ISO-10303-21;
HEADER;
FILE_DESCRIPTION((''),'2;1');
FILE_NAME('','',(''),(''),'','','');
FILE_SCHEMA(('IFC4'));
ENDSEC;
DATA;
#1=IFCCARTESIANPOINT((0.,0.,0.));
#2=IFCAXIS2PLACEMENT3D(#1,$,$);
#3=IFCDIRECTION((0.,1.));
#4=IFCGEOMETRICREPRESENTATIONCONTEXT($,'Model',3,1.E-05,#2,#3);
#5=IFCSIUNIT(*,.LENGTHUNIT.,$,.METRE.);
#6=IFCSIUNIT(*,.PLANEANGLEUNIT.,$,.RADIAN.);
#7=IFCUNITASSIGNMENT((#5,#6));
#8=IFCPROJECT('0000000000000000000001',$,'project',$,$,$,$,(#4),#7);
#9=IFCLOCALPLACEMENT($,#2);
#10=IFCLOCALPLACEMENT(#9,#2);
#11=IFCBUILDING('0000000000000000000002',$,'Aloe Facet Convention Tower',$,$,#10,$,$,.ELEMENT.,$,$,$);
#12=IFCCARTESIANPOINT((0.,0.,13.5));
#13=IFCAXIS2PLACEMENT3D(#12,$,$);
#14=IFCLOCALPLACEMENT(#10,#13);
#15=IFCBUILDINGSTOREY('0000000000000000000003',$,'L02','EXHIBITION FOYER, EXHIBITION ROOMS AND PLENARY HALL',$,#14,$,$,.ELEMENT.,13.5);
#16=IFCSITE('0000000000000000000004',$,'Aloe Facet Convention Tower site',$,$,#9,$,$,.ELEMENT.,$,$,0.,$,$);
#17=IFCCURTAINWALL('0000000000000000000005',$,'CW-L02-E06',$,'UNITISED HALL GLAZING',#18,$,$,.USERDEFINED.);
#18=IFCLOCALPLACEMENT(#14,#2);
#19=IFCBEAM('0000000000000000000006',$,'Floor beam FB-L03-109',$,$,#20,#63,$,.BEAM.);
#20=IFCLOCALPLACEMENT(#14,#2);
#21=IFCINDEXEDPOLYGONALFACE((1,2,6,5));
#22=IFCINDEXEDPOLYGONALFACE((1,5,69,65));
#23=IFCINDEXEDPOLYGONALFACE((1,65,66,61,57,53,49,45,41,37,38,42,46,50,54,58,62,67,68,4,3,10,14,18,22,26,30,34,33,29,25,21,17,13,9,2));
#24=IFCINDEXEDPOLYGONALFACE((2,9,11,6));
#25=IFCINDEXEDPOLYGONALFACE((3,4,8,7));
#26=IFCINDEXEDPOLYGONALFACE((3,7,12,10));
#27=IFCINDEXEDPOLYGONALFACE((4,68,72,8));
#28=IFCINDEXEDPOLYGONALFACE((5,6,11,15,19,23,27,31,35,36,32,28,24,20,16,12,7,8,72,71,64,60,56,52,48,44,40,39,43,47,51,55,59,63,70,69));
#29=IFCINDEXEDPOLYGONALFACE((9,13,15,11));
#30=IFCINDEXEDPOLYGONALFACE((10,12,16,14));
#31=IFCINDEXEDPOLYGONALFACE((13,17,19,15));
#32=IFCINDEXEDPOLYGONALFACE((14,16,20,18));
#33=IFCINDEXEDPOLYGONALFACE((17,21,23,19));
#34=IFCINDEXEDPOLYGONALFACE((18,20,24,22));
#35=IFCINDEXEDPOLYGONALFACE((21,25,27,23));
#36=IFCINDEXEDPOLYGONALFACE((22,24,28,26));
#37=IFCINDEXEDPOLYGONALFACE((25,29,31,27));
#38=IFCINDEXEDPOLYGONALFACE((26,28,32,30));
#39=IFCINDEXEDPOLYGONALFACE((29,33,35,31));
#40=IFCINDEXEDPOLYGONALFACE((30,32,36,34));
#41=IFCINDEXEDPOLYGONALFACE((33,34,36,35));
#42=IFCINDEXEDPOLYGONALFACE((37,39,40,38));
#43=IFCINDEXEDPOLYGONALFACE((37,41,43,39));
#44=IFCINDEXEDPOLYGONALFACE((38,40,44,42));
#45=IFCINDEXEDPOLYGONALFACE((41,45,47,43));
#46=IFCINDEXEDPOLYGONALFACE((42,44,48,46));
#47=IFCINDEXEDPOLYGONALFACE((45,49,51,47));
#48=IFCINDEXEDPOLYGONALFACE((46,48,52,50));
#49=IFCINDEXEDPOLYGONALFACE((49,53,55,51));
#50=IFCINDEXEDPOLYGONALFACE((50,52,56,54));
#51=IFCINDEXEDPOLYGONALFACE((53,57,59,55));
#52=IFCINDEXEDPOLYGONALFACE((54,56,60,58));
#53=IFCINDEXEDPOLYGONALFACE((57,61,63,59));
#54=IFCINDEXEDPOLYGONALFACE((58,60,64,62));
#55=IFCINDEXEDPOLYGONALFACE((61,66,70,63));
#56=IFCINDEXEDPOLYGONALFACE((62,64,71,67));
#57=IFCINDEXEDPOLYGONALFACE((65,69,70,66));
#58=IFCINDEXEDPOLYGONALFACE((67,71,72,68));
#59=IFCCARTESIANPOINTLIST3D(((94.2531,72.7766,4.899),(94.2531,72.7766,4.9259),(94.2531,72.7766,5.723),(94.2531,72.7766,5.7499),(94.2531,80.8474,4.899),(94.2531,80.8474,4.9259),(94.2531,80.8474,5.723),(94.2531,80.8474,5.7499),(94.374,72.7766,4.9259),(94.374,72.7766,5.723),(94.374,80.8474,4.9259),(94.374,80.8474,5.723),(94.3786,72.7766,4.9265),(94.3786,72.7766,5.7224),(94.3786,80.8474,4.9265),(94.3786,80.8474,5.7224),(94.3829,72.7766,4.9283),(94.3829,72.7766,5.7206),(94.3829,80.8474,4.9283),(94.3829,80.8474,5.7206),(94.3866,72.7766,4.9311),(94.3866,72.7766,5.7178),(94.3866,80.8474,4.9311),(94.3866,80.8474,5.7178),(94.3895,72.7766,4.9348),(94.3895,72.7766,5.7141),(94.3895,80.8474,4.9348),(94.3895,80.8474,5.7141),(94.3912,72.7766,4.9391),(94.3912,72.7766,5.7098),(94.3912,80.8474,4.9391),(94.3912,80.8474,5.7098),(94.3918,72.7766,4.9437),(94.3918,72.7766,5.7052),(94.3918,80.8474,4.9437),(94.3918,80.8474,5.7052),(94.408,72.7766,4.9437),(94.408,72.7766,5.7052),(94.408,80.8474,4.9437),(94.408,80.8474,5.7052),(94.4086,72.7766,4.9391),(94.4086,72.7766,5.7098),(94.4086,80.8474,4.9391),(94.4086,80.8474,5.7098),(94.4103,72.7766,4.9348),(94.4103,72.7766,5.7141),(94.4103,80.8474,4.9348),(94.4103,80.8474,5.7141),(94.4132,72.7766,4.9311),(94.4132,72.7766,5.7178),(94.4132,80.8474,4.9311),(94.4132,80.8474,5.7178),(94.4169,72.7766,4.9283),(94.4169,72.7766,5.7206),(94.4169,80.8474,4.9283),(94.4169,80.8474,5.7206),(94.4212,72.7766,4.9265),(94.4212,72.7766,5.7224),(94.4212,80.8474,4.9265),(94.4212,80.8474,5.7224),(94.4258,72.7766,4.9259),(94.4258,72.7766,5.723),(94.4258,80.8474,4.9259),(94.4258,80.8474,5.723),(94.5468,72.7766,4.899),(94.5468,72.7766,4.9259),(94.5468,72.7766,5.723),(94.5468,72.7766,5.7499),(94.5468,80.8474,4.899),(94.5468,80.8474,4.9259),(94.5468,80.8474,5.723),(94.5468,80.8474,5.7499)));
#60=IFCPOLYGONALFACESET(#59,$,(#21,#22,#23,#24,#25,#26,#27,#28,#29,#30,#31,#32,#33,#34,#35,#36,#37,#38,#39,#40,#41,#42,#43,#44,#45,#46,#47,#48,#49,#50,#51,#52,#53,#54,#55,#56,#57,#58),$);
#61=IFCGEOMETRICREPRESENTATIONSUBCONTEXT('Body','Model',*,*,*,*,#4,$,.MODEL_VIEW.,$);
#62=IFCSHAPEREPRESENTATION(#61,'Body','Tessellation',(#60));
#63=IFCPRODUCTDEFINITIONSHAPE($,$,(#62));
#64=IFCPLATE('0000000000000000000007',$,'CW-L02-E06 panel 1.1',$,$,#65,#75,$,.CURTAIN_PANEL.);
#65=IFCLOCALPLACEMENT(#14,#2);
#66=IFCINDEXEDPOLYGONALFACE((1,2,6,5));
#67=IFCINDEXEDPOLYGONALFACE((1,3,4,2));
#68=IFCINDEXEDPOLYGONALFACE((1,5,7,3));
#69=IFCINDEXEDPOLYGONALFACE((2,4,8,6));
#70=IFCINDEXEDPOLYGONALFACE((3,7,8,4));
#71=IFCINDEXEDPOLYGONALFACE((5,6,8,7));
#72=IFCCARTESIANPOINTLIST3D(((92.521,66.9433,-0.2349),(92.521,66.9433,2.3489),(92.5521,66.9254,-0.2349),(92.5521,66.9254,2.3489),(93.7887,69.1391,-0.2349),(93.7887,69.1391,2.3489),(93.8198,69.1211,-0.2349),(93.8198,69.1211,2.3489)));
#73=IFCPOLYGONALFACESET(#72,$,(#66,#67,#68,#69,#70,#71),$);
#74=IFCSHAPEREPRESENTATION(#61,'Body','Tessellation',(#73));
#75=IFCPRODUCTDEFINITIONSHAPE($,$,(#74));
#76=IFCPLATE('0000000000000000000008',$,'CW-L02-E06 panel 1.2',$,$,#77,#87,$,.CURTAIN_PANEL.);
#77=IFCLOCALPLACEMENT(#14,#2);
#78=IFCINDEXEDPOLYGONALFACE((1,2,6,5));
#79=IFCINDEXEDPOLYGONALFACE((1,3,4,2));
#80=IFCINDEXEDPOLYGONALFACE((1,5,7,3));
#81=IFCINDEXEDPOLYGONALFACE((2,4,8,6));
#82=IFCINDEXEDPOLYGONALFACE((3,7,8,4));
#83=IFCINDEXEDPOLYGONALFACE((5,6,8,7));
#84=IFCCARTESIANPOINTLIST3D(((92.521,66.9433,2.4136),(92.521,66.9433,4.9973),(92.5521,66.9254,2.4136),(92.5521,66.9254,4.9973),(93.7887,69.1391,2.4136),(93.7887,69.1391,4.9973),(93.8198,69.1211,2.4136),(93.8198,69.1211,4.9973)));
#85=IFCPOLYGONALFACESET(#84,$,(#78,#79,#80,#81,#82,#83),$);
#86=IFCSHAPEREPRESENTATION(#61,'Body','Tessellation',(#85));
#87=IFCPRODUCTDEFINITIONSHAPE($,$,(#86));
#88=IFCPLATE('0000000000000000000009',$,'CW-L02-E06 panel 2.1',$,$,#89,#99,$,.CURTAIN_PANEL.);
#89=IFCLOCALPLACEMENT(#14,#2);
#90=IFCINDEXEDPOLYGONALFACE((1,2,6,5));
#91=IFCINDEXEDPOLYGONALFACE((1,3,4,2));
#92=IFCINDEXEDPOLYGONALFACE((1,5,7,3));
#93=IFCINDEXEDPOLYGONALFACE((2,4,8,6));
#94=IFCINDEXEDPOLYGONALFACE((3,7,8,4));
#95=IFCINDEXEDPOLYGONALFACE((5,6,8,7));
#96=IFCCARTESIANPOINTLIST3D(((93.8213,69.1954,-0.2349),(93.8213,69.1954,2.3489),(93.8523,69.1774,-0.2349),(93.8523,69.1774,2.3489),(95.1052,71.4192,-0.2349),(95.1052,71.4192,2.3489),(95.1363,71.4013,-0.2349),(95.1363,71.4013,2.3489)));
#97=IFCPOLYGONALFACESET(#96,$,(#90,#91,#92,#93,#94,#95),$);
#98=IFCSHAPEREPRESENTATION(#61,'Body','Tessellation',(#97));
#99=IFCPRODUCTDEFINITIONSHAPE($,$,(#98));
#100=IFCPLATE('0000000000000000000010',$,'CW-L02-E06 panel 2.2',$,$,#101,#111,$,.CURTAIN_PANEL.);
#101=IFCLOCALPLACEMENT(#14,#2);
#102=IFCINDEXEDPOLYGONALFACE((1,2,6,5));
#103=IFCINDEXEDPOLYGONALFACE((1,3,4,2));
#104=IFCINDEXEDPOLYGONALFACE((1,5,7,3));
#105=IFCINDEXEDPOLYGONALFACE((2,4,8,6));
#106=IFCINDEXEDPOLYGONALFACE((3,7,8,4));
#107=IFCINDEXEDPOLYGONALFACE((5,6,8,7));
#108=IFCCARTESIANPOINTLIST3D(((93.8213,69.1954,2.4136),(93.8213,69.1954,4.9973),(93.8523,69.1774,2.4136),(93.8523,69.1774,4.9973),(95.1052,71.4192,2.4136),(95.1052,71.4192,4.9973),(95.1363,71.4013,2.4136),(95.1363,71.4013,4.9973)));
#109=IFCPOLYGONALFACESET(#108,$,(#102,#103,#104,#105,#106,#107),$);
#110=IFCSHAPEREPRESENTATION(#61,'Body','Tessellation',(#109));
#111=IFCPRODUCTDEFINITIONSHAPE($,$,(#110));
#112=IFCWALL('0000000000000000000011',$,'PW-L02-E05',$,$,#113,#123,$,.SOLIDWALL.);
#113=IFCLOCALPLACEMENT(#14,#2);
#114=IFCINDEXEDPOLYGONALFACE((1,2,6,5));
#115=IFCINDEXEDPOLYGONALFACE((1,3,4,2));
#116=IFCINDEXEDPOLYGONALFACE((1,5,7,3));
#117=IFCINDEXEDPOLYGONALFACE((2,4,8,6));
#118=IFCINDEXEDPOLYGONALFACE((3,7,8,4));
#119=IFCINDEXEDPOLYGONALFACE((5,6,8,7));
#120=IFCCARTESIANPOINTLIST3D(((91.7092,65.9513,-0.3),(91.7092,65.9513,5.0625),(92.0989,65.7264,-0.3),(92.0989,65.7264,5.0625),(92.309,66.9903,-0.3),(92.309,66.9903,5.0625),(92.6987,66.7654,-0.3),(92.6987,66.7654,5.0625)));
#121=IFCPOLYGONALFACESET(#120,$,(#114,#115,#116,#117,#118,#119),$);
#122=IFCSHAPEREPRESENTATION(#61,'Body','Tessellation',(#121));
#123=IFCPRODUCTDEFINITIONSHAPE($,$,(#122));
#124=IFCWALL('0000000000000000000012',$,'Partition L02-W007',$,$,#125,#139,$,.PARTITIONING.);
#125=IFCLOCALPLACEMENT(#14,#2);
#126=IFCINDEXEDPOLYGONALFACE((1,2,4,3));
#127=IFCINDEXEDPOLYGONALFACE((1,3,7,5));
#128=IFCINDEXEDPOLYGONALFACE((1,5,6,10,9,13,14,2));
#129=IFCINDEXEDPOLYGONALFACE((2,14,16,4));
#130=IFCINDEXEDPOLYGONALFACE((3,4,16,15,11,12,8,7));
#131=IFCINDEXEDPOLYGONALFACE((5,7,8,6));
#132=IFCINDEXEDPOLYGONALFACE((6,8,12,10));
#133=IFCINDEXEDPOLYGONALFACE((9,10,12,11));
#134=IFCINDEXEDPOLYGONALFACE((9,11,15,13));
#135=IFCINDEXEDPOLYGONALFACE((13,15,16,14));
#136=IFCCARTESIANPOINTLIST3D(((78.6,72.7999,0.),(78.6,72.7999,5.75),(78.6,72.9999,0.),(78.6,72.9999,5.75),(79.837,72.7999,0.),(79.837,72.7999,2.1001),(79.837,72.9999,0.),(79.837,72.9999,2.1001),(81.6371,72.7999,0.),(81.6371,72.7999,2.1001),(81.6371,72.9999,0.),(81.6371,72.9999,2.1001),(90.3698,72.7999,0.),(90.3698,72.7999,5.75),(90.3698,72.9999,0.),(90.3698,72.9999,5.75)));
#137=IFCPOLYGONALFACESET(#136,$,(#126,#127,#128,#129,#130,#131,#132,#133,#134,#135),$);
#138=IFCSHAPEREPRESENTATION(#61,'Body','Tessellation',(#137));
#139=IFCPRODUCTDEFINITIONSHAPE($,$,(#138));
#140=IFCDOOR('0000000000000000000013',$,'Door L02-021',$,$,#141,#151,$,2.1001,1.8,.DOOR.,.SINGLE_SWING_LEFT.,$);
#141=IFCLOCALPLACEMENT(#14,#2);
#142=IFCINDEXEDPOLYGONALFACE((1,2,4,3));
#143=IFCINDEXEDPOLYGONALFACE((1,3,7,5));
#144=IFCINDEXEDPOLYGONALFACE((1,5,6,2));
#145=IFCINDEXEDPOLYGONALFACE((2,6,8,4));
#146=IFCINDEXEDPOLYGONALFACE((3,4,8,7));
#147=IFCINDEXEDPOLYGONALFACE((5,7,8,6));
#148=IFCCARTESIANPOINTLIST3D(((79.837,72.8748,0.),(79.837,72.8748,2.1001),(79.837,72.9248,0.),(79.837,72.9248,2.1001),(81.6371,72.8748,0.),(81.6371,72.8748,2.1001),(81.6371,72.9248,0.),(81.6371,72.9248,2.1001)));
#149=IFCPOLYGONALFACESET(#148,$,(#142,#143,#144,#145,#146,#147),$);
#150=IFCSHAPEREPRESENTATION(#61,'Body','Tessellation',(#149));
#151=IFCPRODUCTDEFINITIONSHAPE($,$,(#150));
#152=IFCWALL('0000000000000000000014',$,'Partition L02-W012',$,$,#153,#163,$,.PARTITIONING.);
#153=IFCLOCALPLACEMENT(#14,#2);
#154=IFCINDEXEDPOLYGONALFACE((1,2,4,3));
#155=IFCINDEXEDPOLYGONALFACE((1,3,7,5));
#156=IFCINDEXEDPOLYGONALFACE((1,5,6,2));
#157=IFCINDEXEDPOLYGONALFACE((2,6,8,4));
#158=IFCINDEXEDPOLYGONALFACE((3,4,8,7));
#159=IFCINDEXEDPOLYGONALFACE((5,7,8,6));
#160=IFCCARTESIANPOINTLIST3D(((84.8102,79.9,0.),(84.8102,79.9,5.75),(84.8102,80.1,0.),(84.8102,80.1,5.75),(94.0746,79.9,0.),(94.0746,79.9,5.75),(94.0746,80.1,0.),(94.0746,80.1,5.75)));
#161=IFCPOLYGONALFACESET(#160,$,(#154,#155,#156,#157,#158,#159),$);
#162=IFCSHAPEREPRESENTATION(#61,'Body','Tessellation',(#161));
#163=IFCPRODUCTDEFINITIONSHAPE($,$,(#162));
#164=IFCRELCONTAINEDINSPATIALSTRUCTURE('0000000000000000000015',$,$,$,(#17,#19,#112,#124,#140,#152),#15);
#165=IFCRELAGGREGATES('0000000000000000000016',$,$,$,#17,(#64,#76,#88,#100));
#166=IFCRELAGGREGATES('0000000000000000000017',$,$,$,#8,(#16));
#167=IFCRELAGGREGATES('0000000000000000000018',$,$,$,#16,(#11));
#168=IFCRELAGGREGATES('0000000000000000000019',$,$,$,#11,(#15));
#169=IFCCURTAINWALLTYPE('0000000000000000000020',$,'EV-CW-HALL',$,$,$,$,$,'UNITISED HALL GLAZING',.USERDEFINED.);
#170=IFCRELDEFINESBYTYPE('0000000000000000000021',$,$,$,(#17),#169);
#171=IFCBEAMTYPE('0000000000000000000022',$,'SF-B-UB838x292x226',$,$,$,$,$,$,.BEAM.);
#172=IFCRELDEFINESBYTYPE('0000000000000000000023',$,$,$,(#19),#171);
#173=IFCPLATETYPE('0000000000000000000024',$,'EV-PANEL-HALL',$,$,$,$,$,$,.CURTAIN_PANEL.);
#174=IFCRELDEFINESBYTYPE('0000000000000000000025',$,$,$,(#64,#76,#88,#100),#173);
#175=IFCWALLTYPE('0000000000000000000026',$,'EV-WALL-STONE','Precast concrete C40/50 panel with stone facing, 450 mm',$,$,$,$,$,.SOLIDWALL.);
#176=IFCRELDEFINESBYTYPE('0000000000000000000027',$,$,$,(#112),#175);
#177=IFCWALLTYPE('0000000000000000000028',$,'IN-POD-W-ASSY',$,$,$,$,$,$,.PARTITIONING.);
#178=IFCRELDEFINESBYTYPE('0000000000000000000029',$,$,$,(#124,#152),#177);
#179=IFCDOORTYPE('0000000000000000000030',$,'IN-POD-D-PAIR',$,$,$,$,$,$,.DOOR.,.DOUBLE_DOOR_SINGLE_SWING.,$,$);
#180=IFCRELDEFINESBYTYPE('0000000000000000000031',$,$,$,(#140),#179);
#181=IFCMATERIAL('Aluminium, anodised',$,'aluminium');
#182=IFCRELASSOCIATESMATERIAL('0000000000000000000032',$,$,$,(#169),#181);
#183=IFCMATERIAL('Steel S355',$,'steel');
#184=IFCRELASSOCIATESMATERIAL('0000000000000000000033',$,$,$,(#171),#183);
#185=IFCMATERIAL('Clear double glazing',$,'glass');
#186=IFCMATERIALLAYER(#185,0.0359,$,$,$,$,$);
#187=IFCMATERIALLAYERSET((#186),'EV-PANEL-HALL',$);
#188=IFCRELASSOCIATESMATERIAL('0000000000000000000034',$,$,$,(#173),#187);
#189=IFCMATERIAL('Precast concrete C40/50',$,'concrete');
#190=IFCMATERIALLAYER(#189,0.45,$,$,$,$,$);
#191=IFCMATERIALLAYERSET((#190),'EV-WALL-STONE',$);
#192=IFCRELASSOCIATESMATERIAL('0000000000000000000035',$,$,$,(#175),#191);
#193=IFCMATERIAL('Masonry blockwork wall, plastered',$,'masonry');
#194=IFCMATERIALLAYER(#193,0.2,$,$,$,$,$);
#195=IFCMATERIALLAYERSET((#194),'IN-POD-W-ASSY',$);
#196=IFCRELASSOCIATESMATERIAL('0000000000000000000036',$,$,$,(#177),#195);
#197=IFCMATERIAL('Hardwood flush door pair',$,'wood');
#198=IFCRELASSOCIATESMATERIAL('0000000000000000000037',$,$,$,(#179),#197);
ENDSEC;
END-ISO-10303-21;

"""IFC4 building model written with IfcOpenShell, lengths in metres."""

from ifc_helpers import new_model, si_unit, direction, frame, frame_2d, origin, origin_2d, place, context, subcontext, project, spatial, rectangle, i_section, extrude, material, layer, layer_set, material_profile, profile_set, type_object, element, fill, aggregate, save


model = new_model("IFC4")

# Units and contexts
model_context = context("Model", 3, precision=1e-05, world=origin(), true_north=direction((0.0, 1.0)))
body_context = subcontext(model_context, "Body", "Model", "MODEL_VIEW")
ifc_project = project(units=[si_unit("LENGTHUNIT", "METRE"), si_unit("PLANEANGLEUNIT", "RADIAN")], contexts=[model_context])

# Site, building, storey
site_placement = place(None, origin())
site = spatial("IfcSite", under=ifc_project, at=site_placement, Name="Aloe Facet Convention Tower site", CompositionType="ELEMENT", RefElevation=0.0)
building_placement = place(site_placement, origin())
building = spatial("IfcBuilding", under=site, at=building_placement, Name="Aloe Facet Convention Tower", CompositionType="ELEMENT")
storey_placement = place(building_placement, frame((0.0, 0.0, 13.5)))
storey = spatial("IfcBuildingStorey", under=building, at=storey_placement, Name="L02", Description="EXHIBITION FOYER, EXHIBITION ROOMS AND PLENARY HALL", CompositionType="ELEMENT", Elevation=13.5)

# Shared definitions
ifc_material_1 = material(Name="Aluminium, anodised", Category="aluminium")
curtain_wall_type = type_object("IfcCurtainWallType", Name="EV-CW-HALL", ElementType="UNITISED HALL GLAZING", PredefinedType="USERDEFINED", material=ifc_material_1)

# Curtain wall
curtain_wall_1_placement = place(storey_placement, origin())
curtain_wall_1 = element("IfcCurtainWall", 1, at=curtain_wall_1_placement, inside=storey, type_object=curtain_wall_type, Name="CW-L02-E06", ObjectType="UNITISED HALL GLAZING", PredefinedType="USERDEFINED")

# Beam
ifc_material_2 = material(Name="Steel S355", Category="steel")
ifc_material_profile_1 = material_profile(ifc_material_2, i_section(OverallWidth=0.2937, OverallDepth=0.8508, WebThickness=0.0161, FlangeThickness=0.0269, FilletRadius=0.0178, at=origin_2d()), Name="UB 838x292x226")
ifc_profile_set_1 = profile_set([ifc_material_profile_1], Name="Steel S355")
beam_type_1 = type_object("IfcBeamType", Name="SF-B-UB838x292x226", PredefinedType="BEAM", material=ifc_profile_set_1)
beam_1_placement = place(storey_placement, frame((94.3999, 72.7766, 5.3245), z_axis=(0.0, 1.0, 0.0), x_axis=(-1.0, 0.0, 0.0)))
element("IfcBeam", 2, at=beam_1_placement, inside=storey, type_object=beam_type_1, Name="Floor beam FB-L03-109", PredefinedType="BEAM", context=body_context, shape_type="SweptSolid", body=[
    extrude(i_section(OverallWidth=0.2937, OverallDepth=0.8508, WebThickness=0.0161, FlangeThickness=0.0269, FilletRadius=0.0178, at=origin_2d()), origin(), (0.0, 0.0, 1.0), 8.0708),
])

# Plates
ifc_material_3 = material(Name="Clear double glazing", Category="glass")
ifc_layer_1 = layer(ifc_material_3, 0.0359)
ifc_layer_set_1 = layer_set([ifc_layer_1], Name="EV-PANEL-HALL")
plate_type = type_object("IfcPlateType", Name="EV-PANEL-HALL", PredefinedType="CURTAIN_PANEL", material=ifc_layer_set_1)
plate_1_placement = place(storey_placement, frame((93.1704, 68.0322, -0.2349), z_axis=(0.0, 0.0, 1.0), x_axis=(0.5, 0.866025, 0.0)))
plate_1 = element("IfcPlate", 3, at=plate_1_placement, type_object=plate_type, Name="CW-L02-E06 panel 1.1", PredefinedType="CURTAIN_PANEL", context=body_context, shape_type="SweptSolid", body=[
    extrude(rectangle(XDim=2.5354, YDim=0.0359, at=origin_2d()), origin(), (0.0, 0.0, 1.0), 2.5837),
])
plate_2_placement = place(storey_placement, frame((93.1704, 68.0322, 2.4136), z_axis=(0.0, 0.0, 1.0), x_axis=(0.5, 0.866025, 0.0)))
plate_2 = element("IfcPlate", 4, at=plate_2_placement, type_object=plate_type, Name="CW-L02-E06 panel 1.2", PredefinedType="CURTAIN_PANEL", context=body_context, shape_type="SweptSolid", body=[
    extrude(rectangle(XDim=2.5354, YDim=0.0359, at=origin_2d()), origin(), (0.0, 0.0, 1.0), 2.5837),
])
plate_3_placement = place(storey_placement, frame((94.4788, 70.2983, -0.2349), z_axis=(0.0, 0.0, 1.0), x_axis=(0.5, 0.866025, 0.0)))
plate_3 = element("IfcPlate", 5, at=plate_3_placement, type_object=plate_type, Name="CW-L02-E06 panel 2.1", PredefinedType="CURTAIN_PANEL", context=body_context, shape_type="SweptSolid", body=[
    extrude(rectangle(XDim=2.5679, YDim=0.0359, at=origin_2d()), origin(), (0.0, 0.0, 1.0), 2.5837),
])
plate_4_placement = place(storey_placement, frame((94.4788, 70.2983, 2.4136), z_axis=(0.0, 0.0, 1.0), x_axis=(0.5, 0.866025, 0.0)))
plate_4 = element("IfcPlate", 6, at=plate_4_placement, type_object=plate_type, Name="CW-L02-E06 panel 2.2", PredefinedType="CURTAIN_PANEL", context=body_context, shape_type="SweptSolid", body=[
    extrude(rectangle(XDim=2.5679, YDim=0.0359, at=origin_2d()), origin(), (0.0, 0.0, 1.0), 2.5837),
])
aggregate(curtain_wall_1, [plate_1, plate_2, plate_3, plate_4])

# Wall
ifc_material_4 = material(Name="Precast concrete C40/50", Category="concrete")
ifc_layer_2 = layer(ifc_material_4, 0.45)
ifc_layer_set_2 = layer_set([ifc_layer_2], Name="EV-WALL-STONE")
wall_type_1 = type_object("IfcWallType", Name="EV-WALL-STONE", Description="Precast concrete C40/50 panel with stone facing, 450 mm", PredefinedType="SOLIDWALL", material=ifc_layer_set_2)
wall_1_placement = place(storey_placement, frame((91.9041, 65.8389, -0.3), z_axis=(0.0, 0.0, 1.0), x_axis=(0.499969, 0.866043, 0.0)))
element("IfcWall", 7, at=wall_1_placement, inside=storey, type_object=wall_type_1, Name="PW-L02-E05", PredefinedType="SOLIDWALL", context=body_context, shape_type="SweptSolid", body=[
    extrude(rectangle(XDim=1.1997, YDim=0.45, at=frame_2d((0.5999, 0.0))), origin(), (0.0, 0.0, 1.0), 5.3625),
])

# Wall, opening, door
ifc_material_5 = material(Name="Masonry blockwork wall, plastered", Category="masonry")
ifc_layer_3 = layer(ifc_material_5, 0.2)
ifc_layer_set_3 = layer_set([ifc_layer_3], Name="IN-POD-W-ASSY")
wall_type_2 = type_object("IfcWallType", Name="IN-POD-W-ASSY", PredefinedType="PARTITIONING", material=ifc_layer_set_3)
wall_2_placement = place(storey_placement, frame((78.6001, 72.8999, 0.0), z_axis=(0.0, 0.0, 1.0), x_axis=(1.0, 0.0, 0.0)))
wall_2 = element("IfcWall", 8, at=wall_2_placement, inside=storey, type_object=wall_type_2, Name="Partition L02-W007", PredefinedType="PARTITIONING", context=body_context, shape_type="SweptSolid", body=[
    extrude(rectangle(XDim=11.7698, YDim=0.2, at=frame_2d((5.8848, 0.0))), origin(), (0.0, 0.0, 1.0), 5.75),
])
opening_1_placement = place(wall_2_placement, frame((1.2371, 0.0, 0.0)))
opening_1 = element("IfcOpeningElement", 9, at=opening_1_placement, cuts=wall_2, PredefinedType="OPENING", context=body_context, shape_type="SweptSolid", body=[
    extrude(rectangle(XDim=1.8, YDim=2.1001, at=frame_2d((0.8999, 1.05))), frame((0.0, 0.1099, 0.0), z_axis=(0.0, -1.0, 0.0), x_axis=(1.0, 0.0, 0.0)), (0.0, 0.0, 1.0), 0.22),
])
ifc_material_6 = material(Name="Hardwood flush door pair", Category="wood")
door_type_1 = type_object("IfcDoorType", Name="IN-POD-D-PAIR", OperationType="DOUBLE_DOOR_SINGLE_SWING", PredefinedType="DOOR", material=ifc_material_6)
door_1_placement = place(opening_1_placement, origin())
door_1 = element("IfcDoor", 10, at=door_1_placement, inside=storey, type_object=door_type_1, Name="Door L02-021", OperationType="SINGLE_SWING_LEFT", OverallHeight=2.1001, OverallWidth=1.8, PredefinedType="DOOR", context=body_context, shape_type="SweptSolid", body=[
    extrude(rectangle(XDim=1.8, YDim=2.1001, at=frame_2d((0.8999, 1.05))), frame((0.0, 0.0249, 0.0), z_axis=(0.0, -1.0, 0.0), x_axis=(1.0, 0.0, 0.0)), (0.0, 0.0, 1.0), 0.05),
])
fill(opening_1, door_1)

# Wall
wall_3_placement = place(storey_placement, frame((84.8101, 80.0, 0.0), z_axis=(0.0, 0.0, 1.0), x_axis=(1.0, 0.0, 0.0)))
element("IfcWall", 11, at=wall_3_placement, inside=storey, type_object=wall_type_2, Name="Partition L02-W012", PredefinedType="PARTITIONING", context=body_context, shape_type="SweptSolid", body=[
    extrude(rectangle(XDim=9.2644, YDim=0.2, at=frame_2d((4.6323, 0.0))), origin(), (0.0, 0.0, 1.0), 5.75),
])

save(model, "model.ifc")
